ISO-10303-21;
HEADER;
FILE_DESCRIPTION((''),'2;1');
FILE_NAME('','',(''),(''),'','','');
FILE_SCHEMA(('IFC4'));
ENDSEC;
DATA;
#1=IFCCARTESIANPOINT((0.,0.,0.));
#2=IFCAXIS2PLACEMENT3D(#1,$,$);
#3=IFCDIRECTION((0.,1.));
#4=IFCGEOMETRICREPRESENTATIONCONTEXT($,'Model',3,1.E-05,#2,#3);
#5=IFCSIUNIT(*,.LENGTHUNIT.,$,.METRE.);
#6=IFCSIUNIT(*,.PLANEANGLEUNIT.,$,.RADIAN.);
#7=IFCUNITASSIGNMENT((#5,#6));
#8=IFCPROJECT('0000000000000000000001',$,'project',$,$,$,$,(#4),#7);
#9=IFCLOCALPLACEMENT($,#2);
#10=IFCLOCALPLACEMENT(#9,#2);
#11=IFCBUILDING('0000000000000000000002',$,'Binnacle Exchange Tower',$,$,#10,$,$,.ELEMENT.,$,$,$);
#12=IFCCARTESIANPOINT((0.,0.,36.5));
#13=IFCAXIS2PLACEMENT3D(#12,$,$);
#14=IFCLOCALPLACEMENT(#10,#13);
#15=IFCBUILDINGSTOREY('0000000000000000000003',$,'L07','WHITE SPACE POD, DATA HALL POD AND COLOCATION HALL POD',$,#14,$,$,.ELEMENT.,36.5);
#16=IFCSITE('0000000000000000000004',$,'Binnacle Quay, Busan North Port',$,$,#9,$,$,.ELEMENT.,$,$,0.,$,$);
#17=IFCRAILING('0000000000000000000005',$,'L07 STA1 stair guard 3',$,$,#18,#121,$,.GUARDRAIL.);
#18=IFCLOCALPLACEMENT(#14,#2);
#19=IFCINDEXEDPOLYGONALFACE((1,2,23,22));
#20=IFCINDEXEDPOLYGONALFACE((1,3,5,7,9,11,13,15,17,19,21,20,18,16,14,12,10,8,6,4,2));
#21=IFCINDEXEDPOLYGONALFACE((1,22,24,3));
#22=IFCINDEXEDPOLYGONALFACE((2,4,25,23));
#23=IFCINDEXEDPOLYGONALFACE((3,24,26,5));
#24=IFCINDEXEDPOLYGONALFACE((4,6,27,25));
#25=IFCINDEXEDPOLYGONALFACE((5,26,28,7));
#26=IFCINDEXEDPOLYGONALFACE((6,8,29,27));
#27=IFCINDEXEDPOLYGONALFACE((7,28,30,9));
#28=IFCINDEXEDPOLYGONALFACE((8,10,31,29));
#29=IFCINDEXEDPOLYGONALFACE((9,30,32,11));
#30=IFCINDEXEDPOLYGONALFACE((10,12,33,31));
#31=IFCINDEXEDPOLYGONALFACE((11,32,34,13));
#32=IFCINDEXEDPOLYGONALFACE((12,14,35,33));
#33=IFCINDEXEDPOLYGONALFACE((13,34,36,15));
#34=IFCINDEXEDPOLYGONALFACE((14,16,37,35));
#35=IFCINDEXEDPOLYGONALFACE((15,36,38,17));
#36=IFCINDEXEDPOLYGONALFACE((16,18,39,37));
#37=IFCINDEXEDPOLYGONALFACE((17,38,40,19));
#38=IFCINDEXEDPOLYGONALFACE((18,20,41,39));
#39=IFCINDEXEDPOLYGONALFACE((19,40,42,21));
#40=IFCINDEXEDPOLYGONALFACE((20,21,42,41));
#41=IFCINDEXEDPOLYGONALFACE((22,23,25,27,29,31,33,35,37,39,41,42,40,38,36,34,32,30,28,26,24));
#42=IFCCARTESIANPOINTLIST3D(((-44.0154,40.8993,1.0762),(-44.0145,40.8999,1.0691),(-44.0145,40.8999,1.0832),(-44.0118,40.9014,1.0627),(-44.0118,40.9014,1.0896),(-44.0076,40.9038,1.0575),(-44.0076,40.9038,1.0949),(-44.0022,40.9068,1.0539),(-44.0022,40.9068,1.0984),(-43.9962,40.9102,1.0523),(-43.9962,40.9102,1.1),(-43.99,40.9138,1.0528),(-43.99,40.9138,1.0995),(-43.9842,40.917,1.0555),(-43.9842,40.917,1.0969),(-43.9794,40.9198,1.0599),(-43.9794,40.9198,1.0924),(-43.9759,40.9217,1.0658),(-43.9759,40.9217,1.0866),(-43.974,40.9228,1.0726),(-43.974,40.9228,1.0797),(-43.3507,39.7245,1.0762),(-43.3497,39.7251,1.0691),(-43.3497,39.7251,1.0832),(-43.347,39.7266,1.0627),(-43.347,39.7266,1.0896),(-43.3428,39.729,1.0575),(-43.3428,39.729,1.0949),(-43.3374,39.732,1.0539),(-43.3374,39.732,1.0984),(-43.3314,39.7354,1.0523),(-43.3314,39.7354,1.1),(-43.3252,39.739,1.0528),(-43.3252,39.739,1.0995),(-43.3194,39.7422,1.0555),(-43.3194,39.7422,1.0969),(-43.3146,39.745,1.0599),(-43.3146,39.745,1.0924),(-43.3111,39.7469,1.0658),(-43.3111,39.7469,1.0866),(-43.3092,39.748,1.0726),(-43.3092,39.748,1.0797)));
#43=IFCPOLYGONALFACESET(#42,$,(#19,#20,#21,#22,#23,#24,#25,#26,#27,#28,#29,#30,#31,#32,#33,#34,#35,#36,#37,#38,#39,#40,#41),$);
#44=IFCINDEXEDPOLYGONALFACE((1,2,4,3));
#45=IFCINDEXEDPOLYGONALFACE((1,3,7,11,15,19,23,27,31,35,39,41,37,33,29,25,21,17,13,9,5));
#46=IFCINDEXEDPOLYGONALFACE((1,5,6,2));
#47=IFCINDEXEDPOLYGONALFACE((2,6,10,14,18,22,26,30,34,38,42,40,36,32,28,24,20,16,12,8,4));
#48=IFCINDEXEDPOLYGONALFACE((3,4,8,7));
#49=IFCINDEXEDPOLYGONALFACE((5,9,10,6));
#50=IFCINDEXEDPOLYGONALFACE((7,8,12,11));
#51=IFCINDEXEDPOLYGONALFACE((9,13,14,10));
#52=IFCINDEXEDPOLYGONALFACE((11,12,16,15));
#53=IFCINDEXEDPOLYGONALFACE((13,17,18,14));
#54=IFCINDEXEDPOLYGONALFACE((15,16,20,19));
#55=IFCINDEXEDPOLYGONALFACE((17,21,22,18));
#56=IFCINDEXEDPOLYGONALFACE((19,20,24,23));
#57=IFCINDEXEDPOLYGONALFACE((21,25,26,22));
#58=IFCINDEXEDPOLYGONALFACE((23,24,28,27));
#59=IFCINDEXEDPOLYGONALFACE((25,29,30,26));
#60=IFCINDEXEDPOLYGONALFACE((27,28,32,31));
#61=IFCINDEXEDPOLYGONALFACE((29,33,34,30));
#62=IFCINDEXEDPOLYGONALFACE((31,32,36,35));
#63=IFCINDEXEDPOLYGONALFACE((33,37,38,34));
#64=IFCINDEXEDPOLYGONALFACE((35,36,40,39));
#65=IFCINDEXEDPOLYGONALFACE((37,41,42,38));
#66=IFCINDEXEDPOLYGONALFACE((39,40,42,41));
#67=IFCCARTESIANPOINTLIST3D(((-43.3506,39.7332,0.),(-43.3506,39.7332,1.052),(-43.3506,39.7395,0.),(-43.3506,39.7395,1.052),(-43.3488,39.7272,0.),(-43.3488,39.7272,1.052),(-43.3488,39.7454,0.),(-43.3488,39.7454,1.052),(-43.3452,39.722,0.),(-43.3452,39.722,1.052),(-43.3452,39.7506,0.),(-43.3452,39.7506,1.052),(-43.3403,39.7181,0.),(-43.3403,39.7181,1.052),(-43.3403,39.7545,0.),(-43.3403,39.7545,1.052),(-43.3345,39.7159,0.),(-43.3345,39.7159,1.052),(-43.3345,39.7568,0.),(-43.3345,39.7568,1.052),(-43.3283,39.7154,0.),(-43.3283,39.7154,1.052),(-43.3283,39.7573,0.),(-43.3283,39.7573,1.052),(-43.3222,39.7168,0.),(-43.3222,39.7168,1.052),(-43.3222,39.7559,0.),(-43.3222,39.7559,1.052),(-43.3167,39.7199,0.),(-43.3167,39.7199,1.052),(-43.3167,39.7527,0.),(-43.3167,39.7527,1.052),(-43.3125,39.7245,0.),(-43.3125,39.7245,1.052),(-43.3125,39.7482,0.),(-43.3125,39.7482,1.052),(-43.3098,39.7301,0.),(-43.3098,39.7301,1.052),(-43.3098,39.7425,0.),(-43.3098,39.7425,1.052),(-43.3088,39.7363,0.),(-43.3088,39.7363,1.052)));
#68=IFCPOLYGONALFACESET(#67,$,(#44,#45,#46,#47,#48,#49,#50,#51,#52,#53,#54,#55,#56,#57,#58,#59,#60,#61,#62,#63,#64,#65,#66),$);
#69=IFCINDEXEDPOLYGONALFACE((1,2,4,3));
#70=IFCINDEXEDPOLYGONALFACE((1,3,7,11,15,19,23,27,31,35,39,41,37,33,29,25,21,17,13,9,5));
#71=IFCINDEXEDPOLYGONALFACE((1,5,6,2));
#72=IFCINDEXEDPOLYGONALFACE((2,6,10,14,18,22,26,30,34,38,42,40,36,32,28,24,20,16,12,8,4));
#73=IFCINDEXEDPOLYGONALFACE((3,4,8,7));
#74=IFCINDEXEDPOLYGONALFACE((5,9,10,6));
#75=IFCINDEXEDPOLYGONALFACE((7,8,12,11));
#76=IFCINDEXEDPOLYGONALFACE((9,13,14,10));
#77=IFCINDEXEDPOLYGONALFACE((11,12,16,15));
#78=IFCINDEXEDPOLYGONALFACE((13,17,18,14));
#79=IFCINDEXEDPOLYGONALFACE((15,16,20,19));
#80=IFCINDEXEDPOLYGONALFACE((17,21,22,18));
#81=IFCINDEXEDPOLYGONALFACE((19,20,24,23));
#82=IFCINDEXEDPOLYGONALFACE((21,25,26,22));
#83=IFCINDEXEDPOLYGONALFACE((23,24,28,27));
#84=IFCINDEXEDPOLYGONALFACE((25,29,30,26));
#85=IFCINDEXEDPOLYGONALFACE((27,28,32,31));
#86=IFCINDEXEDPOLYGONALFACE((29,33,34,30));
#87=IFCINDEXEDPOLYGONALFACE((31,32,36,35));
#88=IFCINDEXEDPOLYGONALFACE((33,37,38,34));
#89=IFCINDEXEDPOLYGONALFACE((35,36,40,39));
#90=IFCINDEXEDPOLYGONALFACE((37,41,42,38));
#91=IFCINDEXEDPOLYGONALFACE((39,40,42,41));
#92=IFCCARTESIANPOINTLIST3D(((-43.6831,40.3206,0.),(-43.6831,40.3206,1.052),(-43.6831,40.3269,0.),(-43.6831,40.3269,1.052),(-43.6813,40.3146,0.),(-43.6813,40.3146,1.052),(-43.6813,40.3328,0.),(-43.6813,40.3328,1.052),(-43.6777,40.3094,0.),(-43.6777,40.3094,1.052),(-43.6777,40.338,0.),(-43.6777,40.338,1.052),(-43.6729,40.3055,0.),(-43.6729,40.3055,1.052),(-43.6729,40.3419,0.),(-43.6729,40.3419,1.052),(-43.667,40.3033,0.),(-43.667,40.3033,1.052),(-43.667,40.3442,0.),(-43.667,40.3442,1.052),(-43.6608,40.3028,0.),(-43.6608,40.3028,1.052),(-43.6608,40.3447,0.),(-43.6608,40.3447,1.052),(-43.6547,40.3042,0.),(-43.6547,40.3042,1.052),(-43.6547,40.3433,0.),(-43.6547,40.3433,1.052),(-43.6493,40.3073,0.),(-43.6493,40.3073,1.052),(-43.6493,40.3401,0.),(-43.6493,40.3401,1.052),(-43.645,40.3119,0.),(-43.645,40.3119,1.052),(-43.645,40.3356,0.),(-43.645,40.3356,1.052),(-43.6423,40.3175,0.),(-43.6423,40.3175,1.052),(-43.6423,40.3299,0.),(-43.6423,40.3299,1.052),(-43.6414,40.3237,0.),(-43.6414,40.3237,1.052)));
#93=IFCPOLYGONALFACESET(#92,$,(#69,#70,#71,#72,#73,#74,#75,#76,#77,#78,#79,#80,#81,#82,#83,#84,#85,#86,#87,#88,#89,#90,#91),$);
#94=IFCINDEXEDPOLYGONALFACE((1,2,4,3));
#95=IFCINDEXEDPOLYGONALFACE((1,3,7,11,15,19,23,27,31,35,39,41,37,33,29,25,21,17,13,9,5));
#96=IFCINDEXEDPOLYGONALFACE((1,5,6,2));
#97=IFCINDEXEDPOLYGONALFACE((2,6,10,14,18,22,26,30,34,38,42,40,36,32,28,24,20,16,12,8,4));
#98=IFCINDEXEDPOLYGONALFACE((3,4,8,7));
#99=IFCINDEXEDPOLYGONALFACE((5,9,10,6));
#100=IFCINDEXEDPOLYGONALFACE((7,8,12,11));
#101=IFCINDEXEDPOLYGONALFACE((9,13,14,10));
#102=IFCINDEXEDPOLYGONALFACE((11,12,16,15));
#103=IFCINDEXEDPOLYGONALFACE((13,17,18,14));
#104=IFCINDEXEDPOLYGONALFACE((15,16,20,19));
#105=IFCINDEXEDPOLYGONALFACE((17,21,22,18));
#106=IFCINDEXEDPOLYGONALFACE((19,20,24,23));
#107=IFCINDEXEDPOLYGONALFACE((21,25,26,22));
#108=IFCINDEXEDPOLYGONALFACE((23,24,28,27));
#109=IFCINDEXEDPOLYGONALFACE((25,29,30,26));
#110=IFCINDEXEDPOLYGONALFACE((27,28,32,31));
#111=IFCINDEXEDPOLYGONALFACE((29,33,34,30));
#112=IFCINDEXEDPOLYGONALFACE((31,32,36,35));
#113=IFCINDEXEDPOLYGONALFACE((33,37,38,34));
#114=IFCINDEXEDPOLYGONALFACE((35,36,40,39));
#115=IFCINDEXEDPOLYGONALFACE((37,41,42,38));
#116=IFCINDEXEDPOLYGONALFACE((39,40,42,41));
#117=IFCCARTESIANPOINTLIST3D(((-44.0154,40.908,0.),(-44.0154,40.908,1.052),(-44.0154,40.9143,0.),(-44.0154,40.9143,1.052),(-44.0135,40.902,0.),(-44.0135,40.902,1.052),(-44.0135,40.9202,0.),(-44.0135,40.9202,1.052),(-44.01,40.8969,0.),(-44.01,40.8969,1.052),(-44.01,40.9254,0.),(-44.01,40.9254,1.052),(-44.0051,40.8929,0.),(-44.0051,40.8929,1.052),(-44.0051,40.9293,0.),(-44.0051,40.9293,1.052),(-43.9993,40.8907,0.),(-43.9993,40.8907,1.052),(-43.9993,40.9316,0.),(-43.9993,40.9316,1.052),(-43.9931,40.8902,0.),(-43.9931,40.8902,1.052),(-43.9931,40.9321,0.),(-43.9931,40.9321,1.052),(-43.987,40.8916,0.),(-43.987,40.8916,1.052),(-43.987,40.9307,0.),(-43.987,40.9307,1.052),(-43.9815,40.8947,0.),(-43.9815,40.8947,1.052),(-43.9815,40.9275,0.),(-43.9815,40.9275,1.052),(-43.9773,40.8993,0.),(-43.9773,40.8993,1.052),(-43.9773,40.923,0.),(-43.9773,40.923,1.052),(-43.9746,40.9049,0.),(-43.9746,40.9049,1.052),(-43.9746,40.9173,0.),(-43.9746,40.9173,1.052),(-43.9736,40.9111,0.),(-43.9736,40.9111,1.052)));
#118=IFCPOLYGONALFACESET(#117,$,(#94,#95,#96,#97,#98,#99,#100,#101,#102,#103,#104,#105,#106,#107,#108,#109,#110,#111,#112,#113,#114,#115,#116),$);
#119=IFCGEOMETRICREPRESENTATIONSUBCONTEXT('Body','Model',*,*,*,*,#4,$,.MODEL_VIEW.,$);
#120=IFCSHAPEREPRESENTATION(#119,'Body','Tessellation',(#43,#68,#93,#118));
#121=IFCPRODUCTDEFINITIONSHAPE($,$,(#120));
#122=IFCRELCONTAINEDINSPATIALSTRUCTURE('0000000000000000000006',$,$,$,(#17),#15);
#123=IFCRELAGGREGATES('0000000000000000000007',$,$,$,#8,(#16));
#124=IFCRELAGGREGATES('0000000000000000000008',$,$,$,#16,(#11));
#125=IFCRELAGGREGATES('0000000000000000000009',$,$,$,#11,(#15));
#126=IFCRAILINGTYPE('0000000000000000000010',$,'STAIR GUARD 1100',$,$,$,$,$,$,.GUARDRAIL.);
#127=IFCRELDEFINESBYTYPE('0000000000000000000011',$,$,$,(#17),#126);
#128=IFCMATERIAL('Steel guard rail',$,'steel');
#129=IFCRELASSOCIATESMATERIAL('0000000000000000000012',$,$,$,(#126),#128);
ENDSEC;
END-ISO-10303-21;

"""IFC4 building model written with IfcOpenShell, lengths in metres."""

from ifc_helpers import new_model, si_unit, direction, frame, origin, origin_2d, place, context, subcontext, project, spatial, circle, extrude, material, type_object, element, save


model = new_model("IFC4")

# Units and contexts
model_context = context("Model", 3, precision=1e-05, world=origin(), true_north=direction((0.0, 1.0)))
body_context = subcontext(model_context, "Body", "Model", "MODEL_VIEW")
ifc_project = project(units=[si_unit("LENGTHUNIT", "METRE"), si_unit("PLANEANGLEUNIT", "RADIAN")], contexts=[model_context])

# Site, building, storey
site_placement = place(None, origin())
site = spatial("IfcSite", under=ifc_project, at=site_placement, Name="Binnacle Quay, Busan North Port", CompositionType="ELEMENT", RefElevation=0.0)
building_placement = place(site_placement, origin())
building = spatial("IfcBuilding", under=site, at=building_placement, Name="Binnacle Exchange Tower", CompositionType="ELEMENT")
storey_placement = place(building_placement, frame((0.0, 0.0, 36.5)))
storey = spatial("IfcBuildingStorey", under=building, at=storey_placement, Name="L07", Description="WHITE SPACE POD, DATA HALL POD AND COLOCATION HALL POD", CompositionType="ELEMENT", Elevation=36.5)

# Railing
ifc_material_1 = material(Name="Steel guard rail", Category="steel")
railing_type = type_object("IfcRailingType", Name="STAIR GUARD 1100", PredefinedType="GUARDRAIL", material=ifc_material_1)
railing_1_placement = place(storey_placement, frame((-43.3298, 39.7363, 0.0)))
element("IfcRailing", 1, at=railing_1_placement, inside=storey, type_object=railing_type, Name="L07 STA1 stair guard 3", PredefinedType="GUARDRAIL", context=body_context, shape_type="SweptSolid", body=[
    extrude(circle(Radius=0.0239, at=origin_2d()), frame((0.0, 0.0, 1.0762), z_axis=(-0.492492, 0.870317, 0.0), x_axis=(-0.870317, -0.492492, 0.0)), (0.0, 0.0, 1.0), 1.3499),
    extrude(circle(Radius=0.021, at=origin_2d()), origin(), (0.0, 0.0, 1.0), 1.052),
    extrude(circle(Radius=0.021, at=origin_2d()), frame((-0.3325, 0.5874, 0.0)), (0.0, 0.0, 1.0), 1.052),
    extrude(circle(Radius=0.021, at=origin_2d()), frame((-0.6648, 1.1748, 0.0)), (0.0, 0.0, 1.0), 1.052),
])

save(model, "model.ifc")
